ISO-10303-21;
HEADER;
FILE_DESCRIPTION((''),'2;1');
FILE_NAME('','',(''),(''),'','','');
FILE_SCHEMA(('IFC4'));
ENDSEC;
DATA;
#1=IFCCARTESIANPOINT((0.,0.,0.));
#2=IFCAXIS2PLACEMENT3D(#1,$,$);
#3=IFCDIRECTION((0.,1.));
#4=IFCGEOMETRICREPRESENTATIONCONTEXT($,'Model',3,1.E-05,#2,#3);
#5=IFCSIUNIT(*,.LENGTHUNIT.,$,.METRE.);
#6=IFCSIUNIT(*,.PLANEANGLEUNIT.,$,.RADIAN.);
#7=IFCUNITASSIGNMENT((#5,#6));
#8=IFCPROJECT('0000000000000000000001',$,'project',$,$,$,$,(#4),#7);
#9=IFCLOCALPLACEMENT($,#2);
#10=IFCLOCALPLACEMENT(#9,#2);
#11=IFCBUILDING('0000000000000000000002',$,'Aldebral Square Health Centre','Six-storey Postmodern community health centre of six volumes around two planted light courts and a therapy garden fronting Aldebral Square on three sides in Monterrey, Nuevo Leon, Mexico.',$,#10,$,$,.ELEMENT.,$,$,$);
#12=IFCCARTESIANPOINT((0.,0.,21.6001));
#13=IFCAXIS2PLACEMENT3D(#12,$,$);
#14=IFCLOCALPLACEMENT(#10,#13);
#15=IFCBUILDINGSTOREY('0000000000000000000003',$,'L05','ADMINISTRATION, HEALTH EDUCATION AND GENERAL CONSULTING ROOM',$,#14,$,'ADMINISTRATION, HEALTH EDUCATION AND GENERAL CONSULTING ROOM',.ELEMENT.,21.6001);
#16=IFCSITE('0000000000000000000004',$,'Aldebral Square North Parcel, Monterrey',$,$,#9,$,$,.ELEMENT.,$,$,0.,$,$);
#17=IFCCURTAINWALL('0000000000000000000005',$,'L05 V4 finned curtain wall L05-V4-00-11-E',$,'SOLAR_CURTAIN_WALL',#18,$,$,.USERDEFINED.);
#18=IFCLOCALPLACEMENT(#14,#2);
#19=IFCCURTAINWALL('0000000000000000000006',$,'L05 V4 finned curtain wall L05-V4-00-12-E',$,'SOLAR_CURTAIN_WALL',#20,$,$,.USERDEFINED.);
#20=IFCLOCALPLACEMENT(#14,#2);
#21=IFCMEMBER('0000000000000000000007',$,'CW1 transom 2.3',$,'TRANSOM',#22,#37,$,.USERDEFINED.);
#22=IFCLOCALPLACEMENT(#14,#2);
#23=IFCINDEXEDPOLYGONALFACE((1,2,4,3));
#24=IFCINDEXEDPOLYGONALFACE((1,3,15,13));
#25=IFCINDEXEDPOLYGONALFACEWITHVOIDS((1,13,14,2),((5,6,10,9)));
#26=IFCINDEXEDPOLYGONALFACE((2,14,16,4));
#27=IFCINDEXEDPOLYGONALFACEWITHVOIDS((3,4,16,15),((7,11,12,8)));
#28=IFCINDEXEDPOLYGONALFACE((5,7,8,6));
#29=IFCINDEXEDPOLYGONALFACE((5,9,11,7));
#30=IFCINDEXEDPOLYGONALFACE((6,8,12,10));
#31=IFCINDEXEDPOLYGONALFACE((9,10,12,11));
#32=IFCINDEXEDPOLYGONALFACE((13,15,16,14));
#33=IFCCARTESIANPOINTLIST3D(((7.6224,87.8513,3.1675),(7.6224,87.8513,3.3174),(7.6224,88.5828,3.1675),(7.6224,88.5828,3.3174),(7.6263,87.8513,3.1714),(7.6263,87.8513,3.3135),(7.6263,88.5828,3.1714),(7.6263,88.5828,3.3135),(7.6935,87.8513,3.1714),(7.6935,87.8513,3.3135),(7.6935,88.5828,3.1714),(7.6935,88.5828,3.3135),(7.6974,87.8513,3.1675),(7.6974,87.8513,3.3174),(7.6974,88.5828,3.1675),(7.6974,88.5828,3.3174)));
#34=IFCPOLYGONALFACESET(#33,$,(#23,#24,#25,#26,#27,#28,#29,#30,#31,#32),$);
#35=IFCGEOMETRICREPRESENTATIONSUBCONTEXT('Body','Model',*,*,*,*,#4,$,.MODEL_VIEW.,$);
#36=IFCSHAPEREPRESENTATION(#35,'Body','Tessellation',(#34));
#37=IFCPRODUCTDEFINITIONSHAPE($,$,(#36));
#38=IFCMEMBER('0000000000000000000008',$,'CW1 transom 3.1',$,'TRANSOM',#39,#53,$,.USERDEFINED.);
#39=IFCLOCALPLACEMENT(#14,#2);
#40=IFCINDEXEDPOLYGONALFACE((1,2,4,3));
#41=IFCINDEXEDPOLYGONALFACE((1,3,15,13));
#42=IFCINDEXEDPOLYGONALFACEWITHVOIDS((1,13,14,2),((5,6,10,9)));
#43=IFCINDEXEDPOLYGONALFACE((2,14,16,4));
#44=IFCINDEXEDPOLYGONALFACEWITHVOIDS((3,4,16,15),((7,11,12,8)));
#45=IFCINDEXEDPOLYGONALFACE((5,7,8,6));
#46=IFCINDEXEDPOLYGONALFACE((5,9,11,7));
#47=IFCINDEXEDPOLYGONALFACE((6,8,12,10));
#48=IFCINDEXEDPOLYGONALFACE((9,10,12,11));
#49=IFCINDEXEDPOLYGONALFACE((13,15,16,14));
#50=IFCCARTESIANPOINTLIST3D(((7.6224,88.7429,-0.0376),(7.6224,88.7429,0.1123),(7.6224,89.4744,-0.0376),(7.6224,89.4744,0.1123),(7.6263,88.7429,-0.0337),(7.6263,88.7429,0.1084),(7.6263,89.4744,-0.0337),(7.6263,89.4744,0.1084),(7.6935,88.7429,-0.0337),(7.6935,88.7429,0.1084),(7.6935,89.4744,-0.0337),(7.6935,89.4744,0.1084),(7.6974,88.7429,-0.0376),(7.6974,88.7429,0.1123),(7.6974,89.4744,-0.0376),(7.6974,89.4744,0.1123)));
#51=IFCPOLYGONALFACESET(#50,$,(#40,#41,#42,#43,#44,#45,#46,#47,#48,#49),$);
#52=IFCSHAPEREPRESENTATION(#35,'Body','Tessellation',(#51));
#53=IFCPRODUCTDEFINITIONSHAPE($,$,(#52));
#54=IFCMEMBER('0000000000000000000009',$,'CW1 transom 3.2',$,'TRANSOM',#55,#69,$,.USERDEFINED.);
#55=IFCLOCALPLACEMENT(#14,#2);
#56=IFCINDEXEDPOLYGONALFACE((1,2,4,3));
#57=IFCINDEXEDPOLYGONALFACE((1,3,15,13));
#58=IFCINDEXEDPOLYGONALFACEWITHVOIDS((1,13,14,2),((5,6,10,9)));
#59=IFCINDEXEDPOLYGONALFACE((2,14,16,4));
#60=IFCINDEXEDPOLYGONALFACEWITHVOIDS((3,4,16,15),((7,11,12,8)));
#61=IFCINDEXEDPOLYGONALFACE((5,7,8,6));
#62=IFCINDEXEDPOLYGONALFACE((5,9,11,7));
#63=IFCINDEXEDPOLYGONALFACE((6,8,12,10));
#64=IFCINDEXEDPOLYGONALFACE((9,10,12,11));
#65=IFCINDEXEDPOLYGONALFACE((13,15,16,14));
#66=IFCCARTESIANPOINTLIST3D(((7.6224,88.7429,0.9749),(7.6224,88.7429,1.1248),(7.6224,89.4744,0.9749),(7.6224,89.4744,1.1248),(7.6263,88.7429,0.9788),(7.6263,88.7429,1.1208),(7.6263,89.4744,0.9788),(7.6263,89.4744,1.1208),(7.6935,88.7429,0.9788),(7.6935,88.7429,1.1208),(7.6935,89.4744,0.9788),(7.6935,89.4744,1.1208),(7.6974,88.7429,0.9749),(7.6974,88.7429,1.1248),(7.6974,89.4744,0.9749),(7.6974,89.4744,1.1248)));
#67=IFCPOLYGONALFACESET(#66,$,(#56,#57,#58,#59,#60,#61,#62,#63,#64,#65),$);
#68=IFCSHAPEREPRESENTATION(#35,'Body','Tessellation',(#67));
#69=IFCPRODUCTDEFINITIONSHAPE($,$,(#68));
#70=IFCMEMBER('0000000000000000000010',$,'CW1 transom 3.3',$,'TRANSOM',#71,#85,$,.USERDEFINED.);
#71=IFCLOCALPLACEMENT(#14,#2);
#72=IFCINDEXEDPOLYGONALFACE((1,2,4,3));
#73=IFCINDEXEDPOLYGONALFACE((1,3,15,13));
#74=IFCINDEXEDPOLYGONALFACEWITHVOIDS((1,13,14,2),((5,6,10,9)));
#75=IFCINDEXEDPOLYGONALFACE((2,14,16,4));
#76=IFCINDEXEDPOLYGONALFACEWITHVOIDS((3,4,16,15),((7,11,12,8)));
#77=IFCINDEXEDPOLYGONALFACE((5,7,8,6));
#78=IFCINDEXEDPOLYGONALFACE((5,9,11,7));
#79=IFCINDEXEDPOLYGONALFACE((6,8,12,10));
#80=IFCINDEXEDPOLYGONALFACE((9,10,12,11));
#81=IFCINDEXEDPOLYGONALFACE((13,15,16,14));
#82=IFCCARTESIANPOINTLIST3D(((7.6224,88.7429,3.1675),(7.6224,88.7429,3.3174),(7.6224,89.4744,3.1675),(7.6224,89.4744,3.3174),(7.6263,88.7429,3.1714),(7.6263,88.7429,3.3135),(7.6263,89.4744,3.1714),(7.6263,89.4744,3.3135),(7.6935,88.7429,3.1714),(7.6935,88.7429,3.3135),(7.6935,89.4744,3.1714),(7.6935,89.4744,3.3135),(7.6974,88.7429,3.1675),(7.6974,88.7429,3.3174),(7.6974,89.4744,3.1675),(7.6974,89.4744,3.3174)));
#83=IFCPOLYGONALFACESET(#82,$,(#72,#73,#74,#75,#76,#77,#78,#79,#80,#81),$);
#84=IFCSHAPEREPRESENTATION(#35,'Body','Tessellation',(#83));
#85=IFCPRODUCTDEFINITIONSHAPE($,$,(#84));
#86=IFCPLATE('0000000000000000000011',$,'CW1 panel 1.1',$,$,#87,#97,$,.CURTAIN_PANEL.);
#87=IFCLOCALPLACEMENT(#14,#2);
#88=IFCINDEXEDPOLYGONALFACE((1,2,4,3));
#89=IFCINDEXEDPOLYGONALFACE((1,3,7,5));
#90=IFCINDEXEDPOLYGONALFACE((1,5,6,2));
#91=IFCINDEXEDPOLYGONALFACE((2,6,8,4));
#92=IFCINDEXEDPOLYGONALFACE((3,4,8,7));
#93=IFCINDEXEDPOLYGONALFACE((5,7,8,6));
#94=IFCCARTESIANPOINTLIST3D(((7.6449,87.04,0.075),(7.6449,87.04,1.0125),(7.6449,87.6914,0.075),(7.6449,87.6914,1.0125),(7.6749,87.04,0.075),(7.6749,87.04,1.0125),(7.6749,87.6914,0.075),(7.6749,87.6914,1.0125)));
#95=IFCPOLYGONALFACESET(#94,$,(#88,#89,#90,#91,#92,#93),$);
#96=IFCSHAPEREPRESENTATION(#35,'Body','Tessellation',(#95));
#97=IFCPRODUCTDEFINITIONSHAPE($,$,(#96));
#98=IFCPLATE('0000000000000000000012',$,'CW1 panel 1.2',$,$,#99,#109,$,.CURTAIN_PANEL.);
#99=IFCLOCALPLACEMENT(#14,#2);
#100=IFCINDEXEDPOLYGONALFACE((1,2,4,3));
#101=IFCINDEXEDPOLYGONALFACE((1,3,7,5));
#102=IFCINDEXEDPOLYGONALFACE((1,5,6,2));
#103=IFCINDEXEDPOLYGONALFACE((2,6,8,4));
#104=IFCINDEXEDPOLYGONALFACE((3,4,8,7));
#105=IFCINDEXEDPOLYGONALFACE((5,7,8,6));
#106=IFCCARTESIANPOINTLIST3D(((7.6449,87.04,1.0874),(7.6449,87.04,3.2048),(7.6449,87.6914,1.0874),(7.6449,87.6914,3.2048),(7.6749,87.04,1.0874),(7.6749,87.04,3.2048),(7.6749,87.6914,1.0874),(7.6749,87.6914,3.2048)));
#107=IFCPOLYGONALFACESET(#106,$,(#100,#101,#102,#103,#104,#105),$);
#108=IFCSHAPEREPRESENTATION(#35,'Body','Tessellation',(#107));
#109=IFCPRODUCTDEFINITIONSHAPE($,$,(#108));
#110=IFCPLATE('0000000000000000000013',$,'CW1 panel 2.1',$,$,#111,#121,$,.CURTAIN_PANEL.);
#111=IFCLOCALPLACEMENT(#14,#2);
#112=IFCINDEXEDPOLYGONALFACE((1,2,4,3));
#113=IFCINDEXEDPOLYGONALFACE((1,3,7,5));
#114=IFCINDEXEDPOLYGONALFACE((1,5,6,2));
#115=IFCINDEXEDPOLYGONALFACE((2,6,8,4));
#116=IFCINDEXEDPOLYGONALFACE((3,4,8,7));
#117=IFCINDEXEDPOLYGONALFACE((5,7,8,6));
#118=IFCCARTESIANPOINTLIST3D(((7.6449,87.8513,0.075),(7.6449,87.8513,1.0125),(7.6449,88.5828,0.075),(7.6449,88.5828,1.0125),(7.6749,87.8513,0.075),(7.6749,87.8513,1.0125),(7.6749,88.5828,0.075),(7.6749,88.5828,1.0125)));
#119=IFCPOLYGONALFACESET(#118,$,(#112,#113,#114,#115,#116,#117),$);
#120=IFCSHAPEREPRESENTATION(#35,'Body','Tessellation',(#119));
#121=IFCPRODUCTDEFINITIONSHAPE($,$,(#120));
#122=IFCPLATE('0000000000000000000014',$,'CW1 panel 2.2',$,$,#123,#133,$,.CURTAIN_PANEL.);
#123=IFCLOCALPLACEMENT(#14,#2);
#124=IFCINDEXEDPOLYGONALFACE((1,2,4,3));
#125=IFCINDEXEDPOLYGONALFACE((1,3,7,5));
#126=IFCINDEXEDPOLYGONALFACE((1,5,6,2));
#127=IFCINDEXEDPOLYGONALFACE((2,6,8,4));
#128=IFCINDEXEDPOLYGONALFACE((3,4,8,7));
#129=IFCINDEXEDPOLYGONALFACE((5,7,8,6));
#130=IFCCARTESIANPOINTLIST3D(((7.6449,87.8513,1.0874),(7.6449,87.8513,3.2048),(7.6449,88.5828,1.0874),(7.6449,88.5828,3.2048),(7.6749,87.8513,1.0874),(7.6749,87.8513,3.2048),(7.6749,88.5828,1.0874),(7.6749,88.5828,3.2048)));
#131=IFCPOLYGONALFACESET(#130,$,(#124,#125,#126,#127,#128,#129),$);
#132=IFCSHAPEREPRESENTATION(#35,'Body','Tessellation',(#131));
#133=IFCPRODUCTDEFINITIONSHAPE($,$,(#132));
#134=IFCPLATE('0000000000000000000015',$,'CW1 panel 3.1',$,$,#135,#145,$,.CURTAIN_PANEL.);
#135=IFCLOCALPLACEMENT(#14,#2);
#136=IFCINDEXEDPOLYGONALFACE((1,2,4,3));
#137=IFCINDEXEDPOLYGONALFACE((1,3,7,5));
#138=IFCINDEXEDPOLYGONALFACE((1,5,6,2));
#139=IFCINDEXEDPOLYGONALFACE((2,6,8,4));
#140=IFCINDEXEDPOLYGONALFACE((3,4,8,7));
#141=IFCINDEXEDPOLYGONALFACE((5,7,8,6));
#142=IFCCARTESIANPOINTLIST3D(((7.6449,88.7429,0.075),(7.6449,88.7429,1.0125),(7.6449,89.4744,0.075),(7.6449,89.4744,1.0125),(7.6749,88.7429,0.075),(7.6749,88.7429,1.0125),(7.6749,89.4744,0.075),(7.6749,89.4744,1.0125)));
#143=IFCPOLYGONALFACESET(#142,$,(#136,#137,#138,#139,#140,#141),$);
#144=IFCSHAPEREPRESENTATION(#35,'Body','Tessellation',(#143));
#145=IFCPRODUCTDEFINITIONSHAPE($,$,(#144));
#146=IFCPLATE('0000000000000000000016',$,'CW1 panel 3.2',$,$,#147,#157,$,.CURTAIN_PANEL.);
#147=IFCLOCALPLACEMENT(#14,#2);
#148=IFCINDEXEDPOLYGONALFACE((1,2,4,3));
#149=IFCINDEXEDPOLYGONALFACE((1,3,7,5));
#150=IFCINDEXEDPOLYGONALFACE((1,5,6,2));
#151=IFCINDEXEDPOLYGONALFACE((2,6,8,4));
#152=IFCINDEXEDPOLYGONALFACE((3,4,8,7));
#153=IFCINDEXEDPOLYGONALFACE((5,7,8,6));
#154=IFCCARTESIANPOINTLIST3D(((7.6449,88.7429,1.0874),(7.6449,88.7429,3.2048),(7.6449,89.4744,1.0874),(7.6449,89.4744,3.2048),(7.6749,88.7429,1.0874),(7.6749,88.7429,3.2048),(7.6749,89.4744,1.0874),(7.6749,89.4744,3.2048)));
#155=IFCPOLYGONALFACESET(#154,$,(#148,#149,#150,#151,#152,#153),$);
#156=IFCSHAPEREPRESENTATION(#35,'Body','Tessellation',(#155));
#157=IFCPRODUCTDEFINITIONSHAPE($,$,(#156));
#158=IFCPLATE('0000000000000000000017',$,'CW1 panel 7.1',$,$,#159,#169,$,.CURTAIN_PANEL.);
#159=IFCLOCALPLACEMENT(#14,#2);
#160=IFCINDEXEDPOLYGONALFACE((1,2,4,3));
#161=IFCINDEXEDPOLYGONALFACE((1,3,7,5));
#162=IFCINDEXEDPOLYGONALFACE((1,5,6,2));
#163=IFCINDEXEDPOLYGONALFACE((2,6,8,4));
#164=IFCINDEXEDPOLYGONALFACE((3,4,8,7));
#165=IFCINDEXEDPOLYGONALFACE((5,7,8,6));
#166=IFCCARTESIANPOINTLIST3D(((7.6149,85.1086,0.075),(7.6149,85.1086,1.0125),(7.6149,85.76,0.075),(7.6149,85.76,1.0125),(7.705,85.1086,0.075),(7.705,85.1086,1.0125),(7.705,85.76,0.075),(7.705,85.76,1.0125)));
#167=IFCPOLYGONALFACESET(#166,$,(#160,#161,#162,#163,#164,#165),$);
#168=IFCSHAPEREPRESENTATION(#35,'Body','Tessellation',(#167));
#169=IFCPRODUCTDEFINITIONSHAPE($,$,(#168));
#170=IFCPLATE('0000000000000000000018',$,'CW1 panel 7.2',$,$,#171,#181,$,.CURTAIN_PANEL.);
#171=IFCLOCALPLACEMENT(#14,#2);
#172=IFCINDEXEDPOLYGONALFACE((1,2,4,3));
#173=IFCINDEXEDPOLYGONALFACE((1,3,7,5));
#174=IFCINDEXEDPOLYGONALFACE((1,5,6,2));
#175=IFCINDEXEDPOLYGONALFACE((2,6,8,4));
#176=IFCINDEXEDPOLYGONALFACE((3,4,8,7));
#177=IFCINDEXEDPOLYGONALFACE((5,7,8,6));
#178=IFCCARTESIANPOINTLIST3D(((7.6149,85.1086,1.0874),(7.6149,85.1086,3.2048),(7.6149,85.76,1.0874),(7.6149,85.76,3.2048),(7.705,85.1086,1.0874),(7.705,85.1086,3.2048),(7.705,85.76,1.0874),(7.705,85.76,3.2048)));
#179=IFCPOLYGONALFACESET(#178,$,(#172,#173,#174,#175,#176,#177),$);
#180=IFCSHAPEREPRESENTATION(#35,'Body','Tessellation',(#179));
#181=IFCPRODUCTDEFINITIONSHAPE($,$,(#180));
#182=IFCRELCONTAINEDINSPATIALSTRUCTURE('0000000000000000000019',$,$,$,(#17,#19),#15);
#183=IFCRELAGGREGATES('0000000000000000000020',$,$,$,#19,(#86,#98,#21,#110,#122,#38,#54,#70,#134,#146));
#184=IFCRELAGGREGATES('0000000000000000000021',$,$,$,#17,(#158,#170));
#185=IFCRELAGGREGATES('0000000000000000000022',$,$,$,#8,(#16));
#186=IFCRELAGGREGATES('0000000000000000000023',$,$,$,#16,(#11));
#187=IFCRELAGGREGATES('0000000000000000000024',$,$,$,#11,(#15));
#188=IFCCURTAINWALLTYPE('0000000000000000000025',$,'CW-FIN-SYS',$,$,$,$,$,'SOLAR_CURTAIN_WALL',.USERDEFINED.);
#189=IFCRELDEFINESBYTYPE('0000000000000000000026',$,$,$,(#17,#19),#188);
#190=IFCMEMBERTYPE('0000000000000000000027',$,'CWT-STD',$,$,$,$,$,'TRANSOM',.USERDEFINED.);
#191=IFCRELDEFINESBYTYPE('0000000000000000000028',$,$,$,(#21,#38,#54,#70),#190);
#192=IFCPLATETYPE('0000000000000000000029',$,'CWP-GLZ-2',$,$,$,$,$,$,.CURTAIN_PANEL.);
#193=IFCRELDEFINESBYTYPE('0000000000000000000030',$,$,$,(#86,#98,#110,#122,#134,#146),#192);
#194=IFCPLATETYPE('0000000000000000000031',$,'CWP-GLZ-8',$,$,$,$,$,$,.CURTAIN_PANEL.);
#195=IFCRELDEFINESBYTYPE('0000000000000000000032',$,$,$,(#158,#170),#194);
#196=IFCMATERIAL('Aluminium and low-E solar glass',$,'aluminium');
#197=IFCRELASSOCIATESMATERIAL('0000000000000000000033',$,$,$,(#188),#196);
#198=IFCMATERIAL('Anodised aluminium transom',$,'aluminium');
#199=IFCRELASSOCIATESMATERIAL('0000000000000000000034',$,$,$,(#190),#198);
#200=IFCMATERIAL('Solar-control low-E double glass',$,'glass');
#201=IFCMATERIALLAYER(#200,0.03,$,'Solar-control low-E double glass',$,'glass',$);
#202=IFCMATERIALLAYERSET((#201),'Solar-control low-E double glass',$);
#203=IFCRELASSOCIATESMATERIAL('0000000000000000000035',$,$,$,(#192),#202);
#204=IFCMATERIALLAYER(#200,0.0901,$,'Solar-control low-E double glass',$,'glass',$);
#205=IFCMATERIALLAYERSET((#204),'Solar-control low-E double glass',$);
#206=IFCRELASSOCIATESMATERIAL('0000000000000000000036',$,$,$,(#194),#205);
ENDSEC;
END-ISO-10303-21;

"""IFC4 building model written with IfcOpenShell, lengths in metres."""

from ifc_helpers import new_model, si_unit, direction, frame, origin, origin_2d, place, context, subcontext, project, spatial, rectangle, hollow_rectangle, extrude, material, layer, layer_set, material_profile, profile_set, type_object, element, aggregate, save


model = new_model("IFC4")

# Units and contexts
model_context = context("Model", 3, precision=1e-05, world=origin(), true_north=direction((0.0, 1.0)))
body_context = subcontext(model_context, "Body", "Model", "MODEL_VIEW")
ifc_project = project(units=[si_unit("LENGTHUNIT", "METRE"), si_unit("PLANEANGLEUNIT", "RADIAN")], contexts=[model_context])

# Site, building, storey
site_placement = place(None, origin())
site = spatial("IfcSite", under=ifc_project, at=site_placement, Name="Aldebral Square North Parcel, Monterrey", CompositionType="ELEMENT", RefElevation=0.0)
building_placement = place(site_placement, origin())
building = spatial("IfcBuilding", under=site, at=building_placement, Name="Aldebral Square Health Centre", Description="Six-storey Postmodern community health centre of six volumes around two planted light courts and a therapy garden fronting Aldebral Square on three sides in Monterrey, Nuevo Leon, Mexico.", CompositionType="ELEMENT")
storey_placement = place(building_placement, frame((0.0, 0.0, 21.6001)))
storey = spatial("IfcBuildingStorey", under=building, at=storey_placement, Name="L05", Description="ADMINISTRATION, HEALTH EDUCATION AND GENERAL CONSULTING ROOM", LongName="ADMINISTRATION, HEALTH EDUCATION AND GENERAL CONSULTING ROOM", CompositionType="ELEMENT", Elevation=21.6001)

# Curtain wall
ifc_material_1 = material(Name="Aluminium and low-E solar glass", Category="aluminium")
curtain_wall_type = type_object("IfcCurtainWallType", Name="CW-FIN-SYS", ElementType="SOLAR_CURTAIN_WALL", PredefinedType="USERDEFINED", material=ifc_material_1)
curtain_wall_1_placement = place(storey_placement, origin())
curtain_wall_1 = element("IfcCurtainWall", 1, at=curtain_wall_1_placement, inside=storey, type_object=curtain_wall_type, Name="L05 V4 finned curtain wall L05-V4-00-11-E", ObjectType="SOLAR_CURTAIN_WALL", PredefinedType="USERDEFINED")

# Curtain wall
curtain_wall_2_placement = place(storey_placement, origin())
curtain_wall_2 = element("IfcCurtainWall", 2, at=curtain_wall_2_placement, inside=storey, type_object=curtain_wall_type, Name="L05 V4 finned curtain wall L05-V4-00-12-E", ObjectType="SOLAR_CURTAIN_WALL", PredefinedType="USERDEFINED")

# Members
ifc_material_2 = material(Name="Anodised aluminium transom", Category="aluminium")
ifc_material_profile_1 = material_profile(ifc_material_2, hollow_rectangle(XDim=0.075, YDim=0.1499, WallThickness=0.0039, at=origin_2d()), Name="CWT 75x150x4")
ifc_profile_set_1 = profile_set([ifc_material_profile_1], Name="Anodised aluminium transom")
member_type_1 = type_object("IfcMemberType", Name="CWT-STD", ElementType="TRANSOM", PredefinedType="USERDEFINED", material=ifc_profile_set_1)
member_1_placement = place(storey_placement, frame((7.6599, 87.8513, 3.2424), z_axis=(0.0, 1.0, 0.0), x_axis=(-1.0, 0.0, 0.0)))
member_1 = element("IfcMember", 3, at=member_1_placement, type_object=member_type_1, Name="CW1 transom 2.3", ObjectType="TRANSOM", PredefinedType="USERDEFINED", context=body_context, shape_type="SweptSolid", body=[
    extrude(hollow_rectangle(XDim=0.075, YDim=0.1499, WallThickness=0.0039, at=origin_2d()), origin(), (0.0, 0.0, 1.0), 0.7314),
])
member_2_placement = place(storey_placement, frame((7.6599, 88.7429, 0.0374), z_axis=(0.0, 1.0, 0.0), x_axis=(-1.0, 0.0, 0.0)))
member_2 = element("IfcMember", 4, at=member_2_placement, type_object=member_type_1, Name="CW1 transom 3.1", ObjectType="TRANSOM", PredefinedType="USERDEFINED", context=body_context, shape_type="SweptSolid", body=[
    extrude(hollow_rectangle(XDim=0.075, YDim=0.1499, WallThickness=0.0039, at=origin_2d()), origin(), (0.0, 0.0, 1.0), 0.7314),
])
member_3_placement = place(storey_placement, frame((7.6599, 88.7429, 1.0498), z_axis=(0.0, 1.0, 0.0), x_axis=(-1.0, 0.0, 0.0)))
member_3 = element("IfcMember", 5, at=member_3_placement, type_object=member_type_1, Name="CW1 transom 3.2", ObjectType="TRANSOM", PredefinedType="USERDEFINED", context=body_context, shape_type="SweptSolid", body=[
    extrude(hollow_rectangle(XDim=0.075, YDim=0.1499, WallThickness=0.0039, at=origin_2d()), origin(), (0.0, 0.0, 1.0), 0.7314),
])
member_4_placement = place(storey_placement, frame((7.6599, 88.7429, 3.2424), z_axis=(0.0, 1.0, 0.0), x_axis=(-1.0, 0.0, 0.0)))
member_4 = element("IfcMember", 6, at=member_4_placement, type_object=member_type_1, Name="CW1 transom 3.3", ObjectType="TRANSOM", PredefinedType="USERDEFINED", context=body_context, shape_type="SweptSolid", body=[
    extrude(hollow_rectangle(XDim=0.075, YDim=0.1499, WallThickness=0.0039, at=origin_2d()), origin(), (0.0, 0.0, 1.0), 0.7314),
])

# Plates
ifc_material_3 = material(Name="Solar-control low-E double glass", Category="glass")
ifc_layer_1 = layer(ifc_material_3, 0.03, Name="Solar-control low-E double glass", Category="glass")
ifc_layer_set_1 = layer_set([ifc_layer_1], Name="Solar-control low-E double glass")
plate_type_1 = type_object("IfcPlateType", Name="CWP-GLZ-2", PredefinedType="CURTAIN_PANEL", material=ifc_layer_set_1)
plate_1_placement = place(storey_placement, frame((7.6599, 87.3657, 0.075), z_axis=(0.0, 0.0, 1.0), x_axis=(0.0, 1.0, 0.0)))
plate_1 = element("IfcPlate", 7, at=plate_1_placement, type_object=plate_type_1, Name="CW1 panel 1.1", PredefinedType="CURTAIN_PANEL", context=body_context, shape_type="SweptSolid", body=[
    extrude(rectangle(XDim=0.6514, YDim=0.03, at=origin_2d()), origin(), (0.0, 0.0, 1.0), 0.9375),
])
plate_2_placement = place(storey_placement, frame((7.6599, 87.3657, 1.0874), z_axis=(0.0, 0.0, 1.0), x_axis=(0.0, 1.0, 0.0)))
plate_2 = element("IfcPlate", 8, at=plate_2_placement, type_object=plate_type_1, Name="CW1 panel 1.2", PredefinedType="CURTAIN_PANEL", context=body_context, shape_type="SweptSolid", body=[
    extrude(rectangle(XDim=0.6514, YDim=0.03, at=origin_2d()), origin(), (0.0, 0.0, 1.0), 2.1174),
])
plate_3_placement = place(storey_placement, frame((7.6599, 88.217, 0.075), z_axis=(0.0, 0.0, 1.0), x_axis=(0.0, 1.0, 0.0)))
plate_3 = element("IfcPlate", 9, at=plate_3_placement, type_object=plate_type_1, Name="CW1 panel 2.1", PredefinedType="CURTAIN_PANEL", context=body_context, shape_type="SweptSolid", body=[
    extrude(rectangle(XDim=0.7314, YDim=0.03, at=origin_2d()), origin(), (0.0, 0.0, 1.0), 0.9375),
])
plate_4_placement = place(storey_placement, frame((7.6599, 88.217, 1.0874), z_axis=(0.0, 0.0, 1.0), x_axis=(0.0, 1.0, 0.0)))
plate_4 = element("IfcPlate", 10, at=plate_4_placement, type_object=plate_type_1, Name="CW1 panel 2.2", PredefinedType="CURTAIN_PANEL", context=body_context, shape_type="SweptSolid", body=[
    extrude(rectangle(XDim=0.7314, YDim=0.03, at=origin_2d()), origin(), (0.0, 0.0, 1.0), 2.1174),
])
plate_5_placement = place(storey_placement, frame((7.6599, 89.1086, 0.075), z_axis=(0.0, 0.0, 1.0), x_axis=(0.0, 1.0, 0.0)))
plate_5 = element("IfcPlate", 11, at=plate_5_placement, type_object=plate_type_1, Name="CW1 panel 3.1", PredefinedType="CURTAIN_PANEL", context=body_context, shape_type="SweptSolid", body=[
    extrude(rectangle(XDim=0.7314, YDim=0.03, at=origin_2d()), origin(), (0.0, 0.0, 1.0), 0.9375),
])
plate_6_placement = place(storey_placement, frame((7.6599, 89.1086, 1.0874), z_axis=(0.0, 0.0, 1.0), x_axis=(0.0, 1.0, 0.0)))
plate_6 = element("IfcPlate", 12, at=plate_6_placement, type_object=plate_type_1, Name="CW1 panel 3.2", PredefinedType="CURTAIN_PANEL", context=body_context, shape_type="SweptSolid", body=[
    extrude(rectangle(XDim=0.7314, YDim=0.03, at=origin_2d()), origin(), (0.0, 0.0, 1.0), 2.1174),
])
aggregate(curtain_wall_2, [plate_1, plate_2, member_1, plate_3, plate_4, member_2, member_3, member_4, plate_5, plate_6])
ifc_layer_2 = layer(ifc_material_3, 0.0901, Name="Solar-control low-E double glass", Category="glass")
ifc_layer_set_2 = layer_set([ifc_layer_2], Name="Solar-control low-E double glass")
plate_type_2 = type_object("IfcPlateType", Name="CWP-GLZ-8", PredefinedType="CURTAIN_PANEL", material=ifc_layer_set_2)
plate_7_placement = place(storey_placement, frame((7.6599, 85.4343, 0.075), z_axis=(0.0, 0.0, 1.0), x_axis=(0.0, 1.0, 0.0)))
plate_7 = element("IfcPlate", 13, at=plate_7_placement, type_object=plate_type_2, Name="CW1 panel 7.1", PredefinedType="CURTAIN_PANEL", context=body_context, shape_type="SweptSolid", body=[
    extrude(rectangle(XDim=0.6514, YDim=0.0901, at=origin_2d()), origin(), (0.0, 0.0, 1.0), 0.9375),
])
plate_8_placement = place(storey_placement, frame((7.6599, 85.4343, 1.0874), z_axis=(0.0, 0.0, 1.0), x_axis=(0.0, 1.0, 0.0)))
plate_8 = element("IfcPlate", 14, at=plate_8_placement, type_object=plate_type_2, Name="CW1 panel 7.2", PredefinedType="CURTAIN_PANEL", context=body_context, shape_type="SweptSolid", body=[
    extrude(rectangle(XDim=0.6514, YDim=0.0901, at=origin_2d()), origin(), (0.0, 0.0, 1.0), 2.1174),
])
aggregate(curtain_wall_1, [plate_7, plate_8])

save(model, "model.ifc")
